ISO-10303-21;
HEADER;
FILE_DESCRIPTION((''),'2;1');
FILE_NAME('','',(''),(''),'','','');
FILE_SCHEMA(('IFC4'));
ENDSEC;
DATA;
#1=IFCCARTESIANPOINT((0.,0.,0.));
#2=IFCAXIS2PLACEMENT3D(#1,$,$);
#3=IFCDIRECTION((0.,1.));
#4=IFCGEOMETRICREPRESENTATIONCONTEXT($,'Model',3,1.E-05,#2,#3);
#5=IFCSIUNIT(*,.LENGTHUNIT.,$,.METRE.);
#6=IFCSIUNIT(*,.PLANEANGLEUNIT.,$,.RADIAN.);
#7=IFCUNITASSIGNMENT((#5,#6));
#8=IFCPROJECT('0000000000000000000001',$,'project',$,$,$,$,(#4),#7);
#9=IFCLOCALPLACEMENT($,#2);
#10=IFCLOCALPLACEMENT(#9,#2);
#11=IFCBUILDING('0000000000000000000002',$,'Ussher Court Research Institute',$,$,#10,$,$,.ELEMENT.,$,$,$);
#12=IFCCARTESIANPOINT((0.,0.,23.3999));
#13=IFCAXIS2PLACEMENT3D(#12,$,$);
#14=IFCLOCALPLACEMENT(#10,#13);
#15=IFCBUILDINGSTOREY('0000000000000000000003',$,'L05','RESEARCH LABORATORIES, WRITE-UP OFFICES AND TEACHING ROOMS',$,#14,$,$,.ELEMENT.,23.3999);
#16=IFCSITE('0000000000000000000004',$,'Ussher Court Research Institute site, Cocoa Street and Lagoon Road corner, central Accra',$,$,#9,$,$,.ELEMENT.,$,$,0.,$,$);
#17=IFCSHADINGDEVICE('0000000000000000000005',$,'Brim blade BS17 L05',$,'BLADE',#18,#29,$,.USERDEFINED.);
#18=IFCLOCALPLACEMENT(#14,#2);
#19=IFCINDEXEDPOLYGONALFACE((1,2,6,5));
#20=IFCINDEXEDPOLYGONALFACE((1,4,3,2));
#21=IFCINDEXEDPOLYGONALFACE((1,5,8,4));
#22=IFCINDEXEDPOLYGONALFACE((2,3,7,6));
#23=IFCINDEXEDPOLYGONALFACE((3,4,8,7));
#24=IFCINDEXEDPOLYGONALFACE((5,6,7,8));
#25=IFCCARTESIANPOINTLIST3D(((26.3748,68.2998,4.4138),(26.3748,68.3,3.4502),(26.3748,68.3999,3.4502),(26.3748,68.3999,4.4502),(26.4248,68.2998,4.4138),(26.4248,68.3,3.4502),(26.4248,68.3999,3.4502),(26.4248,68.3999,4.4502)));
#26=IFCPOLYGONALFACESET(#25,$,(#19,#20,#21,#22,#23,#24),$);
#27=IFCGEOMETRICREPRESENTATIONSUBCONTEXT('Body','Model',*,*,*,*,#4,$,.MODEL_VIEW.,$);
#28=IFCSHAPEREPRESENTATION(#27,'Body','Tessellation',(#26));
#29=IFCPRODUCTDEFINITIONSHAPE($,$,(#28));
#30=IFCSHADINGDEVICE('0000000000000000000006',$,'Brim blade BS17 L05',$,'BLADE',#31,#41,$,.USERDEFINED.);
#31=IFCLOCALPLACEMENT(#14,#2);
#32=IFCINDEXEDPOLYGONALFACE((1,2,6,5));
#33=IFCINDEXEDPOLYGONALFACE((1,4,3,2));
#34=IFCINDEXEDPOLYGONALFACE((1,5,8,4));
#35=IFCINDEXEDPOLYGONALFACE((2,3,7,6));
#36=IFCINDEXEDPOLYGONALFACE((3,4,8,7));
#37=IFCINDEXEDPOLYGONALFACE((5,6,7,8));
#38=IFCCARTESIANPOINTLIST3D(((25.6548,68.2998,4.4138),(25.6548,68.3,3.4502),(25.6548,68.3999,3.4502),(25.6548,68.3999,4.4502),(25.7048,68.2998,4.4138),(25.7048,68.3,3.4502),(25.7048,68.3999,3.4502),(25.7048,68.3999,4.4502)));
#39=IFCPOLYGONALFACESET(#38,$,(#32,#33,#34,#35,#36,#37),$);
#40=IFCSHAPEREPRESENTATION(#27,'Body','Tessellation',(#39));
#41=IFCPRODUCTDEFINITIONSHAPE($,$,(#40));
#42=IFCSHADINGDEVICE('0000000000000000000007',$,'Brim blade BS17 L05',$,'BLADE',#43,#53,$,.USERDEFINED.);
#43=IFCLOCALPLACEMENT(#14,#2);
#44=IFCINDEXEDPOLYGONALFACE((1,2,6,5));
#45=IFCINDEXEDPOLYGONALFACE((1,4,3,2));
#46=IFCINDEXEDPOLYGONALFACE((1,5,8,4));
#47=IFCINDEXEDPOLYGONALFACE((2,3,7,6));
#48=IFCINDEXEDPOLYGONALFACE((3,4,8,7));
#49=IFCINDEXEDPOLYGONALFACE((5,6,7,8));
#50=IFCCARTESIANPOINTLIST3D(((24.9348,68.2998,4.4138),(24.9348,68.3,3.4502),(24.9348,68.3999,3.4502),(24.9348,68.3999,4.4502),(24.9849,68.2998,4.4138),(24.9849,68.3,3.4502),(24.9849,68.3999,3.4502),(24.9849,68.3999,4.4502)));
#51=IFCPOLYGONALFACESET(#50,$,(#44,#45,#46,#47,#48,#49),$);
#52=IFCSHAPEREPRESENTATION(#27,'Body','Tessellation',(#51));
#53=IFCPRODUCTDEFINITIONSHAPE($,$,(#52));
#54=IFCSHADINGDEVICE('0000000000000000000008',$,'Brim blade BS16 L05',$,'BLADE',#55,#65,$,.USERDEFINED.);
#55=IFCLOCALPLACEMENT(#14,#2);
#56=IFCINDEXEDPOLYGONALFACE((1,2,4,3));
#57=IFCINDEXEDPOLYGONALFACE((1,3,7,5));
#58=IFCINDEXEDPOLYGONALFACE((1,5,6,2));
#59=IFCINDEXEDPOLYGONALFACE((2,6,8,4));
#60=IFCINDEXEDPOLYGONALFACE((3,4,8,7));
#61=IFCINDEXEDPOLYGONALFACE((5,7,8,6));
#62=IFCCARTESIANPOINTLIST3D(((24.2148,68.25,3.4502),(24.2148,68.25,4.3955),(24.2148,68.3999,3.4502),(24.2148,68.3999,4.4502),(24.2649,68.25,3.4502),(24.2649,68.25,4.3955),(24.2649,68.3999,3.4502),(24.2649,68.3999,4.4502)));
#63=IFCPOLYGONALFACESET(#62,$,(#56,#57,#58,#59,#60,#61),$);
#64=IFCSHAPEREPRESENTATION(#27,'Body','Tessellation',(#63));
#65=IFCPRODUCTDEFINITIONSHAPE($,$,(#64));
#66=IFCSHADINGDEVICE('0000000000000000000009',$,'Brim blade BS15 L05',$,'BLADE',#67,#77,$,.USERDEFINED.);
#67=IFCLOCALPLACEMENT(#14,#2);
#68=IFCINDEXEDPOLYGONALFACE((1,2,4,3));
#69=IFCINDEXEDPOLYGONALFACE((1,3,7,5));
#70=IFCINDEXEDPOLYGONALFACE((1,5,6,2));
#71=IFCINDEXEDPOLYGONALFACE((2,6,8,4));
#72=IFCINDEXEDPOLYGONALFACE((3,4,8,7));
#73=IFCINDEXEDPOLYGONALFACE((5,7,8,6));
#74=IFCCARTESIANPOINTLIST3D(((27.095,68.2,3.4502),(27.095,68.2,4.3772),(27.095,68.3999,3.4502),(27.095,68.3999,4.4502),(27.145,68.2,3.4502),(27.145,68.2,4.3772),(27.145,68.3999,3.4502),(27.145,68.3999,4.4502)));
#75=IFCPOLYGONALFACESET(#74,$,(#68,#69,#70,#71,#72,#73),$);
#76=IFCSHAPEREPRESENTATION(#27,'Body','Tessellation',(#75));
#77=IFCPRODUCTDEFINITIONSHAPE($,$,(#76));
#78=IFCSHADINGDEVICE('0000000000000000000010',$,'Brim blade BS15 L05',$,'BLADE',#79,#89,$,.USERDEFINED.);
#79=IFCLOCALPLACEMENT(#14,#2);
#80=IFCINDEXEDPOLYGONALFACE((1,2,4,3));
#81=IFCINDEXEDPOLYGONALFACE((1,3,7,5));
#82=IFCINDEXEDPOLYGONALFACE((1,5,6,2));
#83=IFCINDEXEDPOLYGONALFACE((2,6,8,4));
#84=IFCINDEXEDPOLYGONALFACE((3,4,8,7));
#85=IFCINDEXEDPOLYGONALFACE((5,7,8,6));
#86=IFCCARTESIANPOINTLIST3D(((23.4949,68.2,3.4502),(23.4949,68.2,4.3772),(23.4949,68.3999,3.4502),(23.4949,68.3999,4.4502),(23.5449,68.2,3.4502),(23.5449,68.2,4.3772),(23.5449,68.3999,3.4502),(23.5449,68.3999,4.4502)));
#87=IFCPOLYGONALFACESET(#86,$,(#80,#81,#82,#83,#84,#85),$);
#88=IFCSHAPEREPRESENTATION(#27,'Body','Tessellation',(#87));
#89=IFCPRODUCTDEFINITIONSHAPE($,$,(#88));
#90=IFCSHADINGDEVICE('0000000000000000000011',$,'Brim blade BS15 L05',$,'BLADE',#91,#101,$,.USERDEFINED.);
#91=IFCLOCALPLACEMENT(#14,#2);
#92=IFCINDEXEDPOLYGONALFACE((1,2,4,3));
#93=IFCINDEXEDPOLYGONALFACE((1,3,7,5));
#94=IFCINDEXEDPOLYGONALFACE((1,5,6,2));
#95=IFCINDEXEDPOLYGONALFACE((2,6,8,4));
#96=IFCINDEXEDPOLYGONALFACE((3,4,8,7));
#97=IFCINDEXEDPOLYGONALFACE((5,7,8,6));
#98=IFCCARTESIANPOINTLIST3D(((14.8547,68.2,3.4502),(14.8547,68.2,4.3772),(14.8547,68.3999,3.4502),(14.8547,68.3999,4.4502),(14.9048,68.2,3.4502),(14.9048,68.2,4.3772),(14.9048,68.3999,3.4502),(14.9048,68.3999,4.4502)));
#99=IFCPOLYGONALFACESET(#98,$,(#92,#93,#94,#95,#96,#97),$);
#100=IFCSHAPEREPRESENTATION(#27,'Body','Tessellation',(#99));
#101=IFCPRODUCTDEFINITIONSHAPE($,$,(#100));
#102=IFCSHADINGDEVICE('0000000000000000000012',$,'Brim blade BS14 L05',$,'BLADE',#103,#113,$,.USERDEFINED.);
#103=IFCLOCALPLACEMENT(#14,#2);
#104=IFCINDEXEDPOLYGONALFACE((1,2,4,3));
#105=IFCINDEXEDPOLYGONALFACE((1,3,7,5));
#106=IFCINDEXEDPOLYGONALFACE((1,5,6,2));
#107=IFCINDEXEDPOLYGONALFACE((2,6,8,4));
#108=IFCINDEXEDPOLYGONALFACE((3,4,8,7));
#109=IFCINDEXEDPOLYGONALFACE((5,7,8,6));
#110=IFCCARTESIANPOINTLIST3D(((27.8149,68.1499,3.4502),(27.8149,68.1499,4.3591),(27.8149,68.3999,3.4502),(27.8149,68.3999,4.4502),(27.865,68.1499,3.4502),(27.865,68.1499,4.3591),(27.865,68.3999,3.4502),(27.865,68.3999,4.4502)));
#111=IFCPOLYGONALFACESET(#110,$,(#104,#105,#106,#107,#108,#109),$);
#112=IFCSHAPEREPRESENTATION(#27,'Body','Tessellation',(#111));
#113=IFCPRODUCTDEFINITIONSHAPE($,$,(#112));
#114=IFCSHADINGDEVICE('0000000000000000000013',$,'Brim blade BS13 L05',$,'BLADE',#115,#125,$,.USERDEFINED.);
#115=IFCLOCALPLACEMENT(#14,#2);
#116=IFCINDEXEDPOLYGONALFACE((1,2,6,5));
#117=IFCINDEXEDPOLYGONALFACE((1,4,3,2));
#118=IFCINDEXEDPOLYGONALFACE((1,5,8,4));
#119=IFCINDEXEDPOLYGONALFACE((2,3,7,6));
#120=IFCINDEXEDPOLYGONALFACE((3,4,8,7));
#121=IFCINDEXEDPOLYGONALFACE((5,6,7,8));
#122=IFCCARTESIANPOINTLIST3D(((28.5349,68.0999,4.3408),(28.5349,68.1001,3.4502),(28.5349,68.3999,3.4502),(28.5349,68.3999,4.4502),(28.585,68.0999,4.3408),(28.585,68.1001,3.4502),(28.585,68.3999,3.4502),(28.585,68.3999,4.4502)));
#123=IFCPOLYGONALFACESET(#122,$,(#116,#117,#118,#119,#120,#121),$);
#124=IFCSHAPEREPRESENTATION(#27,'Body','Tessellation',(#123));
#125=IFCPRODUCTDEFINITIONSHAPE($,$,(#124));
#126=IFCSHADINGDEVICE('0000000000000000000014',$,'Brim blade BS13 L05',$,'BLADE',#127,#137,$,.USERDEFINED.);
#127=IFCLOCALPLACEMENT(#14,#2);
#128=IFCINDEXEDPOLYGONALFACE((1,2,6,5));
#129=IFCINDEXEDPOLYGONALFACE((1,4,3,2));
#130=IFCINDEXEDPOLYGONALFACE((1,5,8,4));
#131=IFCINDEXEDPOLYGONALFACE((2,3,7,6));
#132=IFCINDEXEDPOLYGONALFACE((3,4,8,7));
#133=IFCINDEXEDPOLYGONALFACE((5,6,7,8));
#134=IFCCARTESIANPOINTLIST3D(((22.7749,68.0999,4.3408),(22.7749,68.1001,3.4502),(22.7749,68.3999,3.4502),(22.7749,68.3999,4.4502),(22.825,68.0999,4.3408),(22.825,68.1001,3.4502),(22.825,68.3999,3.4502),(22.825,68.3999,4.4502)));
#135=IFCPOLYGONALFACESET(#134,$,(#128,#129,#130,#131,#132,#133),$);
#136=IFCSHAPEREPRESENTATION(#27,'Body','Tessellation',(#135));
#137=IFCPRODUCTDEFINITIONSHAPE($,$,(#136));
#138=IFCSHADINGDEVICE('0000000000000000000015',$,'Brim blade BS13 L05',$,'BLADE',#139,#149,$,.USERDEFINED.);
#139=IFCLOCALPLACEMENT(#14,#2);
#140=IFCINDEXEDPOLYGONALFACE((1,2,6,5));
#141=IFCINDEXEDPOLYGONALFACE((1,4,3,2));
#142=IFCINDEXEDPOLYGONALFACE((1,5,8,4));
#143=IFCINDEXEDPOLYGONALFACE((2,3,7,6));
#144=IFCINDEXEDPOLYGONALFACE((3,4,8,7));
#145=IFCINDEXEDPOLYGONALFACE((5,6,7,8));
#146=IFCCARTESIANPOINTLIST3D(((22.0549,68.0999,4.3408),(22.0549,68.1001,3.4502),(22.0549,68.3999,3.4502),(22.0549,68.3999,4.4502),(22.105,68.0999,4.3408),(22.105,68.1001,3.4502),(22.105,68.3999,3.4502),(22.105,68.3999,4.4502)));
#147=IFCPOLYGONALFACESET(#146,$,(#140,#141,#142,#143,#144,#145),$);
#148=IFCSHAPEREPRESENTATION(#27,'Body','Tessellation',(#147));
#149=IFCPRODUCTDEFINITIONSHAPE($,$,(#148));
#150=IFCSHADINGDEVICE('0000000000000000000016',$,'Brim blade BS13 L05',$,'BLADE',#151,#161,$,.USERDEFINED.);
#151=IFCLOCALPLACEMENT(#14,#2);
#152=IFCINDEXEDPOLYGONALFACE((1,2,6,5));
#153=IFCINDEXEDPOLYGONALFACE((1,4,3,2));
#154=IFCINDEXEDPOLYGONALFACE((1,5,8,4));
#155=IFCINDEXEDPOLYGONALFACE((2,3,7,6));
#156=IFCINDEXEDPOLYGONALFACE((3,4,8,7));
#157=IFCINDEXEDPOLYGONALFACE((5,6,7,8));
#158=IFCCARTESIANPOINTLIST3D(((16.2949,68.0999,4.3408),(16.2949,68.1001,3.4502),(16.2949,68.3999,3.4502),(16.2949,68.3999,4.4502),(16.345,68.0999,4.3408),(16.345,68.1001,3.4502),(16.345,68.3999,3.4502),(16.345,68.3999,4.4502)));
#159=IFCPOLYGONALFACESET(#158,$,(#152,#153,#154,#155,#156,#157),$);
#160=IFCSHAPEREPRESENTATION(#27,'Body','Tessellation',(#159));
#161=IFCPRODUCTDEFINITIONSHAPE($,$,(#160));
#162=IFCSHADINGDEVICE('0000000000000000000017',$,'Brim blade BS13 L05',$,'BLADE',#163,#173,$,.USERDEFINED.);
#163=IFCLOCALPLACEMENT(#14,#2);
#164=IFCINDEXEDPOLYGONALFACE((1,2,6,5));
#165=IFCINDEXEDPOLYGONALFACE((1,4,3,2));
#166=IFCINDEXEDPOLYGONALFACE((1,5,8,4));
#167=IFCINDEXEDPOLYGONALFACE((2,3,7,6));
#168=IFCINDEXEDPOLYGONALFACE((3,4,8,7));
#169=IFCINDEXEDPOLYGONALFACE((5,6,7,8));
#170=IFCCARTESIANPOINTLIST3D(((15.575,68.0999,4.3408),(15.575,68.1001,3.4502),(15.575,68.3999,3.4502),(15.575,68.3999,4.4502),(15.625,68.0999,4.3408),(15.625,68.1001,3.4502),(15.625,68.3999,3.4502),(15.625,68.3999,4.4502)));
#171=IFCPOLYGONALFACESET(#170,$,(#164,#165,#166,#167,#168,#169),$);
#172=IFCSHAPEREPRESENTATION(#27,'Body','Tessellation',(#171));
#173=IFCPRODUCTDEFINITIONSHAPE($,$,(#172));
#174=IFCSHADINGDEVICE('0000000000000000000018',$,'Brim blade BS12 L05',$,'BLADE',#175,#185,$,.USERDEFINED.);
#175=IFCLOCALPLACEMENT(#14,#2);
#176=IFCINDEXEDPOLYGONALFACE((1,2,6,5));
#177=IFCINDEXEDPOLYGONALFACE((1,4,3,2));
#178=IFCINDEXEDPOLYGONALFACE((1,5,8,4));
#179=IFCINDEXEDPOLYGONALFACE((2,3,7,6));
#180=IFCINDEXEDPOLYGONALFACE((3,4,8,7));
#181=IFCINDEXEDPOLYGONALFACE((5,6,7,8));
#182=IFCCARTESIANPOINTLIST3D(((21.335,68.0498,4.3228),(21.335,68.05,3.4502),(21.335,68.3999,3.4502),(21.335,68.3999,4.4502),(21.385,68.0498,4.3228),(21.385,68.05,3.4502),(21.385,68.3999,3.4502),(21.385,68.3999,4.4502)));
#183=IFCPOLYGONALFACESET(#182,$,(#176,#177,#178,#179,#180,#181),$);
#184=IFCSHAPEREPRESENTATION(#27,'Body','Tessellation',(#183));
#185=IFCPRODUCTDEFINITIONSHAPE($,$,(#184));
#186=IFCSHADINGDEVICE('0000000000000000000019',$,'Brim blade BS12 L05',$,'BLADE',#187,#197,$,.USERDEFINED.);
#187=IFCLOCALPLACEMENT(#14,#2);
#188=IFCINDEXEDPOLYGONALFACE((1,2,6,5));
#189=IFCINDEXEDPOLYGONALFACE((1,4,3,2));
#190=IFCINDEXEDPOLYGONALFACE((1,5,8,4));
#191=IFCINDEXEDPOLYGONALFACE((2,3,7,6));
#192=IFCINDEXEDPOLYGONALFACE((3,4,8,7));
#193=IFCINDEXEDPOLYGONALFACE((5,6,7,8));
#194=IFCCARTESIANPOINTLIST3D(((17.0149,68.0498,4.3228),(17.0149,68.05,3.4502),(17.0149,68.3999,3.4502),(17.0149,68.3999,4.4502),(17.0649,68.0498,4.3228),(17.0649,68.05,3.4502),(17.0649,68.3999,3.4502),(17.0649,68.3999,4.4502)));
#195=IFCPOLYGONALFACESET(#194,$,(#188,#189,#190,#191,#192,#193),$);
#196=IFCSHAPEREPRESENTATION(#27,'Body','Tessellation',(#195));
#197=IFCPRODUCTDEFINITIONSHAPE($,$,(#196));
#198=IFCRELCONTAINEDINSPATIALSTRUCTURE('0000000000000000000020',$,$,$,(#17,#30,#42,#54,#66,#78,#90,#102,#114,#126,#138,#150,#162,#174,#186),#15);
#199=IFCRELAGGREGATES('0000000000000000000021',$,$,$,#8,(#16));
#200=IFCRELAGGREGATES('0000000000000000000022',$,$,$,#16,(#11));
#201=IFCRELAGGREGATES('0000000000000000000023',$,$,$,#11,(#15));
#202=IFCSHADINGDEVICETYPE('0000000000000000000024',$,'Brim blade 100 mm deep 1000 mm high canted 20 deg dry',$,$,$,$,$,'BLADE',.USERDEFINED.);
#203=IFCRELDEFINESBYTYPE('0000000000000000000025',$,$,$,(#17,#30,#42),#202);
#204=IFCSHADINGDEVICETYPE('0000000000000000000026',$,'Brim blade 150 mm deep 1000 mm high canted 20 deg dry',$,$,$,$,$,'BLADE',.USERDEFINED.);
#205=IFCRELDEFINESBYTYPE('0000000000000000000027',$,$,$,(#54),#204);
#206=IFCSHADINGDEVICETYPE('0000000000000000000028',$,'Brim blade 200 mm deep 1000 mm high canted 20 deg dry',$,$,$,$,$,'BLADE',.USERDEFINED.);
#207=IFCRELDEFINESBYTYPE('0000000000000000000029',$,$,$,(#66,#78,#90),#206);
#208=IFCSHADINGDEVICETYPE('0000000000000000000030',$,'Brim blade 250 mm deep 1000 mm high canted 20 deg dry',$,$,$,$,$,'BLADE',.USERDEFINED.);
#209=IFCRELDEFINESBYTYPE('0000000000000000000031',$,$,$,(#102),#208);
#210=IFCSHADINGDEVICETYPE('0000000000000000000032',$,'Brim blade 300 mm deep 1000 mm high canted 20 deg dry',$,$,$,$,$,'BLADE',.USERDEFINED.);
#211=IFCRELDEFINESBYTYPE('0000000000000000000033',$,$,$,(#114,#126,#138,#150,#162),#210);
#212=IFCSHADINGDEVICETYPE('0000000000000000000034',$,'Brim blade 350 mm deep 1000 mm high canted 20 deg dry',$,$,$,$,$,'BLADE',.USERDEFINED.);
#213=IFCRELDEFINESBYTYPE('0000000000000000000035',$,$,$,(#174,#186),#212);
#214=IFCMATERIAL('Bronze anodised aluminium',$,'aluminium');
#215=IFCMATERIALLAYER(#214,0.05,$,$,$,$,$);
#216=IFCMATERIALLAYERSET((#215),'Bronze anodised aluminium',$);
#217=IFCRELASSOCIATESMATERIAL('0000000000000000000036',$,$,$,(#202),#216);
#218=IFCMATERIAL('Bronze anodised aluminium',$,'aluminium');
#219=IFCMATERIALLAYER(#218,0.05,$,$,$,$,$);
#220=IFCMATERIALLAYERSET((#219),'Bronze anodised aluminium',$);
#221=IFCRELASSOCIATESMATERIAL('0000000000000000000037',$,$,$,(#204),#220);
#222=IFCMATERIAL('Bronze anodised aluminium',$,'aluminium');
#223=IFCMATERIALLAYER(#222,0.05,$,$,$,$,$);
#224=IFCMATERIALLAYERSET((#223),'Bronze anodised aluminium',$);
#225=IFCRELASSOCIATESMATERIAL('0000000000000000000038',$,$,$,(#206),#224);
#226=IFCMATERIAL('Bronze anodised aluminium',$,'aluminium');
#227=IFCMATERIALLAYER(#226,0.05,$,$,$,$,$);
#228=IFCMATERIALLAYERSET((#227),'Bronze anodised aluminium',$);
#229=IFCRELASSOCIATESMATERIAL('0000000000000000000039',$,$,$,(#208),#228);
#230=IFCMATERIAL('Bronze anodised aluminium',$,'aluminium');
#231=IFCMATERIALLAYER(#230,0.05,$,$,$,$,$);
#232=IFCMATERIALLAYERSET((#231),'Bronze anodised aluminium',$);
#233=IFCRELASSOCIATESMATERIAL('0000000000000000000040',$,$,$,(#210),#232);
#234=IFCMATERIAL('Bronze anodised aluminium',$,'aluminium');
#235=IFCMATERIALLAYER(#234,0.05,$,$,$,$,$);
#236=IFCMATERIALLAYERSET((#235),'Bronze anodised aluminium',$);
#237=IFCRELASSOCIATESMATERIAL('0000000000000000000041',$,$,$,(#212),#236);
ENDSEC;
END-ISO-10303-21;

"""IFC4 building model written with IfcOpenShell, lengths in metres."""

from ifc_helpers import new_model, si_unit, direction, frame, origin, place, context, subcontext, project, spatial, polyline, outline, extrude, material, layer, layer_set, type_object, element, save


model = new_model("IFC4")

# Units and contexts
model_context = context("Model", 3, precision=1e-05, world=origin(), true_north=direction((0.0, 1.0)))
body_context = subcontext(model_context, "Body", "Model", "MODEL_VIEW")
ifc_project = project(units=[si_unit("LENGTHUNIT", "METRE"), si_unit("PLANEANGLEUNIT", "RADIAN")], contexts=[model_context])

# Site, building, storey
site_placement = place(None, origin())
site = spatial("IfcSite", under=ifc_project, at=site_placement, Name="Ussher Court Research Institute site, Cocoa Street and Lagoon Road corner, central Accra", CompositionType="ELEMENT", RefElevation=0.0)
building_placement = place(site_placement, origin())
building = spatial("IfcBuilding", under=site, at=building_placement, Name="Ussher Court Research Institute", CompositionType="ELEMENT")
storey_placement = place(building_placement, frame((0.0, 0.0, 23.3999)))
storey = spatial("IfcBuildingStorey", under=building, at=storey_placement, Name="L05", Description="RESEARCH LABORATORIES, WRITE-UP OFFICES AND TEACHING ROOMS", CompositionType="ELEMENT", Elevation=23.3999)

# Shading devices
ifc_material_1 = material(Name="Bronze anodised aluminium", Category="aluminium")
ifc_layer_1 = layer(ifc_material_1, 0.05)
ifc_layer_set_1 = layer_set([ifc_layer_1], Name="Bronze anodised aluminium")
shading_device_type_1 = type_object("IfcShadingDeviceType", Name="Brim blade 100 mm deep 1000 mm high canted 20 deg dry", ElementType="BLADE", PredefinedType="USERDEFINED", material=ifc_layer_set_1)
for number, where, z_axis, x_axis, name in (
    (1, (26.3999, 68.3999, 3.4502), (0.0, 0.0, 1.0), (0.0, -1.0, 0.0), "Brim blade BS17 L05"),
    (2, (25.6799, 68.3999, 3.4502), (0.0, 0.0, 1.0), (0.0, -1.0, 0.0), "Brim blade BS17 L05"),
    (3, (24.96, 68.3999, 3.4502), (0.0, 0.0, 1.0), (0.0, -1.0, 0.0), "Brim blade BS17 L05"),
):
    element("IfcShadingDevice", number, at=place(storey_placement, frame(where, z_axis=z_axis, x_axis=x_axis)), inside=storey, type_object=shading_device_type_1, Name=name, ObjectType="BLADE", PredefinedType="USERDEFINED", context=body_context, shape_type="SweptSolid", body=[
        extrude(outline(polyline([(0.0, 0.0), (0.0999, 0.0), (0.1001, 0.9636), (0.0, 1.0), (0.0, 0.0)])), frame((0.0, 0.0249, 0.0), z_axis=(0.0, -1.0, 0.0), x_axis=(1.0, 0.0, 0.0)), (0.0, 0.0, 1.0), 0.05),
    ])
ifc_material_2 = material(Name="Bronze anodised aluminium", Category="aluminium")
ifc_layer_2 = layer(ifc_material_2, 0.05)
ifc_layer_set_2 = layer_set([ifc_layer_2], Name="Bronze anodised aluminium")
shading_device_type_2 = type_object("IfcShadingDeviceType", Name="Brim blade 150 mm deep 1000 mm high canted 20 deg dry", ElementType="BLADE", PredefinedType="USERDEFINED", material=ifc_layer_set_2)
shading_device_1_placement = place(storey_placement, frame((24.24, 68.3999, 3.4502), z_axis=(0.0, 0.0, 1.0), x_axis=(0.0, -1.0, 0.0)))
element("IfcShadingDevice", 4, at=shading_device_1_placement, inside=storey, type_object=shading_device_type_2, Name="Brim blade BS16 L05", ObjectType="BLADE", PredefinedType="USERDEFINED", context=body_context, shape_type="SweptSolid", body=[
    extrude(outline(polyline([(0.0, 0.0), (0.1499, 0.0), (0.1499, 0.9453), (0.0, 1.0), (0.0, 0.0)])), frame((0.0, 0.0249, 0.0), z_axis=(0.0, -1.0, 0.0), x_axis=(1.0, 0.0, 0.0)), (0.0, 0.0, 1.0), 0.05),
])
ifc_material_3 = material(Name="Bronze anodised aluminium", Category="aluminium")
ifc_layer_3 = layer(ifc_material_3, 0.05)
ifc_layer_set_3 = layer_set([ifc_layer_3], Name="Bronze anodised aluminium")
shading_device_type_3 = type_object("IfcShadingDeviceType", Name="Brim blade 200 mm deep 1000 mm high canted 20 deg dry", ElementType="BLADE", PredefinedType="USERDEFINED", material=ifc_layer_set_3)
for number, where, z_axis, x_axis, name in (
    (5, (27.1201, 68.3999, 3.4502), (0.0, 0.0, 1.0), (0.0, -1.0, 0.0), "Brim blade BS15 L05"),
    (6, (23.52, 68.3999, 3.4502), (0.0, 0.0, 1.0), (0.0, -1.0, 0.0), "Brim blade BS15 L05"),
    (7, (14.8799, 68.3999, 3.4502), (0.0, 0.0, 1.0), (0.0, -1.0, 0.0), "Brim blade BS15 L05"),
):
    element("IfcShadingDevice", number, at=place(storey_placement, frame(where, z_axis=z_axis, x_axis=x_axis)), inside=storey, type_object=shading_device_type_3, Name=name, ObjectType="BLADE", PredefinedType="USERDEFINED", context=body_context, shape_type="SweptSolid", body=[
        extrude(outline(polyline([(0.0, 0.0), (0.2, 0.0), (0.2, 0.927), (0.0, 1.0), (0.0, 0.0)])), frame((0.0, 0.0249, 0.0), z_axis=(0.0, -1.0, 0.0), x_axis=(1.0, 0.0, 0.0)), (0.0, 0.0, 1.0), 0.05),
    ])
ifc_material_4 = material(Name="Bronze anodised aluminium", Category="aluminium")
ifc_layer_4 = layer(ifc_material_4, 0.05)
ifc_layer_set_4 = layer_set([ifc_layer_4], Name="Bronze anodised aluminium")
shading_device_type_4 = type_object("IfcShadingDeviceType", Name="Brim blade 250 mm deep 1000 mm high canted 20 deg dry", ElementType="BLADE", PredefinedType="USERDEFINED", material=ifc_layer_set_4)
shading_device_2_placement = place(storey_placement, frame((27.8401, 68.3999, 3.4502), z_axis=(0.0, 0.0, 1.0), x_axis=(0.0, -1.0, 0.0)))
element("IfcShadingDevice", 8, at=shading_device_2_placement, inside=storey, type_object=shading_device_type_4, Name="Brim blade BS14 L05", ObjectType="BLADE", PredefinedType="USERDEFINED", context=body_context, shape_type="SweptSolid", body=[
    extrude(outline(polyline([(0.0, 0.0), (0.25, 0.0), (0.25, 0.9089), (0.0, 1.0), (0.0, 0.0)])), frame((0.0, 0.0249, 0.0), z_axis=(0.0, -1.0, 0.0), x_axis=(1.0, 0.0, 0.0)), (0.0, 0.0, 1.0), 0.05),
])
ifc_material_5 = material(Name="Bronze anodised aluminium", Category="aluminium")
ifc_layer_5 = layer(ifc_material_5, 0.05)
ifc_layer_set_5 = layer_set([ifc_layer_5], Name="Bronze anodised aluminium")
shading_device_type_5 = type_object("IfcShadingDeviceType", Name="Brim blade 300 mm deep 1000 mm high canted 20 deg dry", ElementType="BLADE", PredefinedType="USERDEFINED", material=ifc_layer_set_5)
for number, where, z_axis, x_axis, name in (
    (9, (28.5601, 68.3999, 3.4502), (0.0, 0.0, 1.0), (0.0, -1.0, 0.0), "Brim blade BS13 L05"),
    (10, (22.8, 68.3999, 3.4502), (0.0, 0.0, 1.0), (0.0, -1.0, 0.0), "Brim blade BS13 L05"),
    (11, (22.0801, 68.3999, 3.4502), (0.0, 0.0, 1.0), (0.0, -1.0, 0.0), "Brim blade BS13 L05"),
    (12, (16.3201, 68.3999, 3.4502), (0.0, 0.0, 1.0), (0.0, -1.0, 0.0), "Brim blade BS13 L05"),
    (13, (15.6001, 68.3999, 3.4502), (0.0, 0.0, 1.0), (0.0, -1.0, 0.0), "Brim blade BS13 L05"),
):
    element("IfcShadingDevice", number, at=place(storey_placement, frame(where, z_axis=z_axis, x_axis=x_axis)), inside=storey, type_object=shading_device_type_5, Name=name, ObjectType="BLADE", PredefinedType="USERDEFINED", context=body_context, shape_type="SweptSolid", body=[
        extrude(outline(polyline([(0.0, 0.0), (0.2998, 0.0), (0.3, 0.8906), (0.0, 1.0), (0.0, 0.0)])), frame((0.0, 0.0249, 0.0), z_axis=(0.0, -1.0, 0.0), x_axis=(1.0, 0.0, 0.0)), (0.0, 0.0, 1.0), 0.05),
    ])
ifc_material_6 = material(Name="Bronze anodised aluminium", Category="aluminium")
ifc_layer_6 = layer(ifc_material_6, 0.05)
ifc_layer_set_6 = layer_set([ifc_layer_6], Name="Bronze anodised aluminium")
shading_device_type_6 = type_object("IfcShadingDeviceType", Name="Brim blade 350 mm deep 1000 mm high canted 20 deg dry", ElementType="BLADE", PredefinedType="USERDEFINED", material=ifc_layer_set_6)
for number, where, z_axis, x_axis, name in (
    (14, (21.3601, 68.3999, 3.4502), (0.0, 0.0, 1.0), (0.0, -1.0, 0.0), "Brim blade BS12 L05"),
    (15, (17.04, 68.3999, 3.4502), (0.0, 0.0, 1.0), (0.0, -1.0, 0.0), "Brim blade BS12 L05"),
):
    element("IfcShadingDevice", number, at=place(storey_placement, frame(where, z_axis=z_axis, x_axis=x_axis)), inside=storey, type_object=shading_device_type_6, Name=name, ObjectType="BLADE", PredefinedType="USERDEFINED", context=body_context, shape_type="SweptSolid", body=[
        extrude(outline(polyline([(0.0, 0.0), (0.3499, 0.0), (0.3501, 0.8726), (0.0, 1.0), (0.0, 0.0)])), frame((0.0, 0.0249, 0.0), z_axis=(0.0, -1.0, 0.0), x_axis=(1.0, 0.0, 0.0)), (0.0, 0.0, 1.0), 0.05),
    ])

save(model, "model.ifc")
